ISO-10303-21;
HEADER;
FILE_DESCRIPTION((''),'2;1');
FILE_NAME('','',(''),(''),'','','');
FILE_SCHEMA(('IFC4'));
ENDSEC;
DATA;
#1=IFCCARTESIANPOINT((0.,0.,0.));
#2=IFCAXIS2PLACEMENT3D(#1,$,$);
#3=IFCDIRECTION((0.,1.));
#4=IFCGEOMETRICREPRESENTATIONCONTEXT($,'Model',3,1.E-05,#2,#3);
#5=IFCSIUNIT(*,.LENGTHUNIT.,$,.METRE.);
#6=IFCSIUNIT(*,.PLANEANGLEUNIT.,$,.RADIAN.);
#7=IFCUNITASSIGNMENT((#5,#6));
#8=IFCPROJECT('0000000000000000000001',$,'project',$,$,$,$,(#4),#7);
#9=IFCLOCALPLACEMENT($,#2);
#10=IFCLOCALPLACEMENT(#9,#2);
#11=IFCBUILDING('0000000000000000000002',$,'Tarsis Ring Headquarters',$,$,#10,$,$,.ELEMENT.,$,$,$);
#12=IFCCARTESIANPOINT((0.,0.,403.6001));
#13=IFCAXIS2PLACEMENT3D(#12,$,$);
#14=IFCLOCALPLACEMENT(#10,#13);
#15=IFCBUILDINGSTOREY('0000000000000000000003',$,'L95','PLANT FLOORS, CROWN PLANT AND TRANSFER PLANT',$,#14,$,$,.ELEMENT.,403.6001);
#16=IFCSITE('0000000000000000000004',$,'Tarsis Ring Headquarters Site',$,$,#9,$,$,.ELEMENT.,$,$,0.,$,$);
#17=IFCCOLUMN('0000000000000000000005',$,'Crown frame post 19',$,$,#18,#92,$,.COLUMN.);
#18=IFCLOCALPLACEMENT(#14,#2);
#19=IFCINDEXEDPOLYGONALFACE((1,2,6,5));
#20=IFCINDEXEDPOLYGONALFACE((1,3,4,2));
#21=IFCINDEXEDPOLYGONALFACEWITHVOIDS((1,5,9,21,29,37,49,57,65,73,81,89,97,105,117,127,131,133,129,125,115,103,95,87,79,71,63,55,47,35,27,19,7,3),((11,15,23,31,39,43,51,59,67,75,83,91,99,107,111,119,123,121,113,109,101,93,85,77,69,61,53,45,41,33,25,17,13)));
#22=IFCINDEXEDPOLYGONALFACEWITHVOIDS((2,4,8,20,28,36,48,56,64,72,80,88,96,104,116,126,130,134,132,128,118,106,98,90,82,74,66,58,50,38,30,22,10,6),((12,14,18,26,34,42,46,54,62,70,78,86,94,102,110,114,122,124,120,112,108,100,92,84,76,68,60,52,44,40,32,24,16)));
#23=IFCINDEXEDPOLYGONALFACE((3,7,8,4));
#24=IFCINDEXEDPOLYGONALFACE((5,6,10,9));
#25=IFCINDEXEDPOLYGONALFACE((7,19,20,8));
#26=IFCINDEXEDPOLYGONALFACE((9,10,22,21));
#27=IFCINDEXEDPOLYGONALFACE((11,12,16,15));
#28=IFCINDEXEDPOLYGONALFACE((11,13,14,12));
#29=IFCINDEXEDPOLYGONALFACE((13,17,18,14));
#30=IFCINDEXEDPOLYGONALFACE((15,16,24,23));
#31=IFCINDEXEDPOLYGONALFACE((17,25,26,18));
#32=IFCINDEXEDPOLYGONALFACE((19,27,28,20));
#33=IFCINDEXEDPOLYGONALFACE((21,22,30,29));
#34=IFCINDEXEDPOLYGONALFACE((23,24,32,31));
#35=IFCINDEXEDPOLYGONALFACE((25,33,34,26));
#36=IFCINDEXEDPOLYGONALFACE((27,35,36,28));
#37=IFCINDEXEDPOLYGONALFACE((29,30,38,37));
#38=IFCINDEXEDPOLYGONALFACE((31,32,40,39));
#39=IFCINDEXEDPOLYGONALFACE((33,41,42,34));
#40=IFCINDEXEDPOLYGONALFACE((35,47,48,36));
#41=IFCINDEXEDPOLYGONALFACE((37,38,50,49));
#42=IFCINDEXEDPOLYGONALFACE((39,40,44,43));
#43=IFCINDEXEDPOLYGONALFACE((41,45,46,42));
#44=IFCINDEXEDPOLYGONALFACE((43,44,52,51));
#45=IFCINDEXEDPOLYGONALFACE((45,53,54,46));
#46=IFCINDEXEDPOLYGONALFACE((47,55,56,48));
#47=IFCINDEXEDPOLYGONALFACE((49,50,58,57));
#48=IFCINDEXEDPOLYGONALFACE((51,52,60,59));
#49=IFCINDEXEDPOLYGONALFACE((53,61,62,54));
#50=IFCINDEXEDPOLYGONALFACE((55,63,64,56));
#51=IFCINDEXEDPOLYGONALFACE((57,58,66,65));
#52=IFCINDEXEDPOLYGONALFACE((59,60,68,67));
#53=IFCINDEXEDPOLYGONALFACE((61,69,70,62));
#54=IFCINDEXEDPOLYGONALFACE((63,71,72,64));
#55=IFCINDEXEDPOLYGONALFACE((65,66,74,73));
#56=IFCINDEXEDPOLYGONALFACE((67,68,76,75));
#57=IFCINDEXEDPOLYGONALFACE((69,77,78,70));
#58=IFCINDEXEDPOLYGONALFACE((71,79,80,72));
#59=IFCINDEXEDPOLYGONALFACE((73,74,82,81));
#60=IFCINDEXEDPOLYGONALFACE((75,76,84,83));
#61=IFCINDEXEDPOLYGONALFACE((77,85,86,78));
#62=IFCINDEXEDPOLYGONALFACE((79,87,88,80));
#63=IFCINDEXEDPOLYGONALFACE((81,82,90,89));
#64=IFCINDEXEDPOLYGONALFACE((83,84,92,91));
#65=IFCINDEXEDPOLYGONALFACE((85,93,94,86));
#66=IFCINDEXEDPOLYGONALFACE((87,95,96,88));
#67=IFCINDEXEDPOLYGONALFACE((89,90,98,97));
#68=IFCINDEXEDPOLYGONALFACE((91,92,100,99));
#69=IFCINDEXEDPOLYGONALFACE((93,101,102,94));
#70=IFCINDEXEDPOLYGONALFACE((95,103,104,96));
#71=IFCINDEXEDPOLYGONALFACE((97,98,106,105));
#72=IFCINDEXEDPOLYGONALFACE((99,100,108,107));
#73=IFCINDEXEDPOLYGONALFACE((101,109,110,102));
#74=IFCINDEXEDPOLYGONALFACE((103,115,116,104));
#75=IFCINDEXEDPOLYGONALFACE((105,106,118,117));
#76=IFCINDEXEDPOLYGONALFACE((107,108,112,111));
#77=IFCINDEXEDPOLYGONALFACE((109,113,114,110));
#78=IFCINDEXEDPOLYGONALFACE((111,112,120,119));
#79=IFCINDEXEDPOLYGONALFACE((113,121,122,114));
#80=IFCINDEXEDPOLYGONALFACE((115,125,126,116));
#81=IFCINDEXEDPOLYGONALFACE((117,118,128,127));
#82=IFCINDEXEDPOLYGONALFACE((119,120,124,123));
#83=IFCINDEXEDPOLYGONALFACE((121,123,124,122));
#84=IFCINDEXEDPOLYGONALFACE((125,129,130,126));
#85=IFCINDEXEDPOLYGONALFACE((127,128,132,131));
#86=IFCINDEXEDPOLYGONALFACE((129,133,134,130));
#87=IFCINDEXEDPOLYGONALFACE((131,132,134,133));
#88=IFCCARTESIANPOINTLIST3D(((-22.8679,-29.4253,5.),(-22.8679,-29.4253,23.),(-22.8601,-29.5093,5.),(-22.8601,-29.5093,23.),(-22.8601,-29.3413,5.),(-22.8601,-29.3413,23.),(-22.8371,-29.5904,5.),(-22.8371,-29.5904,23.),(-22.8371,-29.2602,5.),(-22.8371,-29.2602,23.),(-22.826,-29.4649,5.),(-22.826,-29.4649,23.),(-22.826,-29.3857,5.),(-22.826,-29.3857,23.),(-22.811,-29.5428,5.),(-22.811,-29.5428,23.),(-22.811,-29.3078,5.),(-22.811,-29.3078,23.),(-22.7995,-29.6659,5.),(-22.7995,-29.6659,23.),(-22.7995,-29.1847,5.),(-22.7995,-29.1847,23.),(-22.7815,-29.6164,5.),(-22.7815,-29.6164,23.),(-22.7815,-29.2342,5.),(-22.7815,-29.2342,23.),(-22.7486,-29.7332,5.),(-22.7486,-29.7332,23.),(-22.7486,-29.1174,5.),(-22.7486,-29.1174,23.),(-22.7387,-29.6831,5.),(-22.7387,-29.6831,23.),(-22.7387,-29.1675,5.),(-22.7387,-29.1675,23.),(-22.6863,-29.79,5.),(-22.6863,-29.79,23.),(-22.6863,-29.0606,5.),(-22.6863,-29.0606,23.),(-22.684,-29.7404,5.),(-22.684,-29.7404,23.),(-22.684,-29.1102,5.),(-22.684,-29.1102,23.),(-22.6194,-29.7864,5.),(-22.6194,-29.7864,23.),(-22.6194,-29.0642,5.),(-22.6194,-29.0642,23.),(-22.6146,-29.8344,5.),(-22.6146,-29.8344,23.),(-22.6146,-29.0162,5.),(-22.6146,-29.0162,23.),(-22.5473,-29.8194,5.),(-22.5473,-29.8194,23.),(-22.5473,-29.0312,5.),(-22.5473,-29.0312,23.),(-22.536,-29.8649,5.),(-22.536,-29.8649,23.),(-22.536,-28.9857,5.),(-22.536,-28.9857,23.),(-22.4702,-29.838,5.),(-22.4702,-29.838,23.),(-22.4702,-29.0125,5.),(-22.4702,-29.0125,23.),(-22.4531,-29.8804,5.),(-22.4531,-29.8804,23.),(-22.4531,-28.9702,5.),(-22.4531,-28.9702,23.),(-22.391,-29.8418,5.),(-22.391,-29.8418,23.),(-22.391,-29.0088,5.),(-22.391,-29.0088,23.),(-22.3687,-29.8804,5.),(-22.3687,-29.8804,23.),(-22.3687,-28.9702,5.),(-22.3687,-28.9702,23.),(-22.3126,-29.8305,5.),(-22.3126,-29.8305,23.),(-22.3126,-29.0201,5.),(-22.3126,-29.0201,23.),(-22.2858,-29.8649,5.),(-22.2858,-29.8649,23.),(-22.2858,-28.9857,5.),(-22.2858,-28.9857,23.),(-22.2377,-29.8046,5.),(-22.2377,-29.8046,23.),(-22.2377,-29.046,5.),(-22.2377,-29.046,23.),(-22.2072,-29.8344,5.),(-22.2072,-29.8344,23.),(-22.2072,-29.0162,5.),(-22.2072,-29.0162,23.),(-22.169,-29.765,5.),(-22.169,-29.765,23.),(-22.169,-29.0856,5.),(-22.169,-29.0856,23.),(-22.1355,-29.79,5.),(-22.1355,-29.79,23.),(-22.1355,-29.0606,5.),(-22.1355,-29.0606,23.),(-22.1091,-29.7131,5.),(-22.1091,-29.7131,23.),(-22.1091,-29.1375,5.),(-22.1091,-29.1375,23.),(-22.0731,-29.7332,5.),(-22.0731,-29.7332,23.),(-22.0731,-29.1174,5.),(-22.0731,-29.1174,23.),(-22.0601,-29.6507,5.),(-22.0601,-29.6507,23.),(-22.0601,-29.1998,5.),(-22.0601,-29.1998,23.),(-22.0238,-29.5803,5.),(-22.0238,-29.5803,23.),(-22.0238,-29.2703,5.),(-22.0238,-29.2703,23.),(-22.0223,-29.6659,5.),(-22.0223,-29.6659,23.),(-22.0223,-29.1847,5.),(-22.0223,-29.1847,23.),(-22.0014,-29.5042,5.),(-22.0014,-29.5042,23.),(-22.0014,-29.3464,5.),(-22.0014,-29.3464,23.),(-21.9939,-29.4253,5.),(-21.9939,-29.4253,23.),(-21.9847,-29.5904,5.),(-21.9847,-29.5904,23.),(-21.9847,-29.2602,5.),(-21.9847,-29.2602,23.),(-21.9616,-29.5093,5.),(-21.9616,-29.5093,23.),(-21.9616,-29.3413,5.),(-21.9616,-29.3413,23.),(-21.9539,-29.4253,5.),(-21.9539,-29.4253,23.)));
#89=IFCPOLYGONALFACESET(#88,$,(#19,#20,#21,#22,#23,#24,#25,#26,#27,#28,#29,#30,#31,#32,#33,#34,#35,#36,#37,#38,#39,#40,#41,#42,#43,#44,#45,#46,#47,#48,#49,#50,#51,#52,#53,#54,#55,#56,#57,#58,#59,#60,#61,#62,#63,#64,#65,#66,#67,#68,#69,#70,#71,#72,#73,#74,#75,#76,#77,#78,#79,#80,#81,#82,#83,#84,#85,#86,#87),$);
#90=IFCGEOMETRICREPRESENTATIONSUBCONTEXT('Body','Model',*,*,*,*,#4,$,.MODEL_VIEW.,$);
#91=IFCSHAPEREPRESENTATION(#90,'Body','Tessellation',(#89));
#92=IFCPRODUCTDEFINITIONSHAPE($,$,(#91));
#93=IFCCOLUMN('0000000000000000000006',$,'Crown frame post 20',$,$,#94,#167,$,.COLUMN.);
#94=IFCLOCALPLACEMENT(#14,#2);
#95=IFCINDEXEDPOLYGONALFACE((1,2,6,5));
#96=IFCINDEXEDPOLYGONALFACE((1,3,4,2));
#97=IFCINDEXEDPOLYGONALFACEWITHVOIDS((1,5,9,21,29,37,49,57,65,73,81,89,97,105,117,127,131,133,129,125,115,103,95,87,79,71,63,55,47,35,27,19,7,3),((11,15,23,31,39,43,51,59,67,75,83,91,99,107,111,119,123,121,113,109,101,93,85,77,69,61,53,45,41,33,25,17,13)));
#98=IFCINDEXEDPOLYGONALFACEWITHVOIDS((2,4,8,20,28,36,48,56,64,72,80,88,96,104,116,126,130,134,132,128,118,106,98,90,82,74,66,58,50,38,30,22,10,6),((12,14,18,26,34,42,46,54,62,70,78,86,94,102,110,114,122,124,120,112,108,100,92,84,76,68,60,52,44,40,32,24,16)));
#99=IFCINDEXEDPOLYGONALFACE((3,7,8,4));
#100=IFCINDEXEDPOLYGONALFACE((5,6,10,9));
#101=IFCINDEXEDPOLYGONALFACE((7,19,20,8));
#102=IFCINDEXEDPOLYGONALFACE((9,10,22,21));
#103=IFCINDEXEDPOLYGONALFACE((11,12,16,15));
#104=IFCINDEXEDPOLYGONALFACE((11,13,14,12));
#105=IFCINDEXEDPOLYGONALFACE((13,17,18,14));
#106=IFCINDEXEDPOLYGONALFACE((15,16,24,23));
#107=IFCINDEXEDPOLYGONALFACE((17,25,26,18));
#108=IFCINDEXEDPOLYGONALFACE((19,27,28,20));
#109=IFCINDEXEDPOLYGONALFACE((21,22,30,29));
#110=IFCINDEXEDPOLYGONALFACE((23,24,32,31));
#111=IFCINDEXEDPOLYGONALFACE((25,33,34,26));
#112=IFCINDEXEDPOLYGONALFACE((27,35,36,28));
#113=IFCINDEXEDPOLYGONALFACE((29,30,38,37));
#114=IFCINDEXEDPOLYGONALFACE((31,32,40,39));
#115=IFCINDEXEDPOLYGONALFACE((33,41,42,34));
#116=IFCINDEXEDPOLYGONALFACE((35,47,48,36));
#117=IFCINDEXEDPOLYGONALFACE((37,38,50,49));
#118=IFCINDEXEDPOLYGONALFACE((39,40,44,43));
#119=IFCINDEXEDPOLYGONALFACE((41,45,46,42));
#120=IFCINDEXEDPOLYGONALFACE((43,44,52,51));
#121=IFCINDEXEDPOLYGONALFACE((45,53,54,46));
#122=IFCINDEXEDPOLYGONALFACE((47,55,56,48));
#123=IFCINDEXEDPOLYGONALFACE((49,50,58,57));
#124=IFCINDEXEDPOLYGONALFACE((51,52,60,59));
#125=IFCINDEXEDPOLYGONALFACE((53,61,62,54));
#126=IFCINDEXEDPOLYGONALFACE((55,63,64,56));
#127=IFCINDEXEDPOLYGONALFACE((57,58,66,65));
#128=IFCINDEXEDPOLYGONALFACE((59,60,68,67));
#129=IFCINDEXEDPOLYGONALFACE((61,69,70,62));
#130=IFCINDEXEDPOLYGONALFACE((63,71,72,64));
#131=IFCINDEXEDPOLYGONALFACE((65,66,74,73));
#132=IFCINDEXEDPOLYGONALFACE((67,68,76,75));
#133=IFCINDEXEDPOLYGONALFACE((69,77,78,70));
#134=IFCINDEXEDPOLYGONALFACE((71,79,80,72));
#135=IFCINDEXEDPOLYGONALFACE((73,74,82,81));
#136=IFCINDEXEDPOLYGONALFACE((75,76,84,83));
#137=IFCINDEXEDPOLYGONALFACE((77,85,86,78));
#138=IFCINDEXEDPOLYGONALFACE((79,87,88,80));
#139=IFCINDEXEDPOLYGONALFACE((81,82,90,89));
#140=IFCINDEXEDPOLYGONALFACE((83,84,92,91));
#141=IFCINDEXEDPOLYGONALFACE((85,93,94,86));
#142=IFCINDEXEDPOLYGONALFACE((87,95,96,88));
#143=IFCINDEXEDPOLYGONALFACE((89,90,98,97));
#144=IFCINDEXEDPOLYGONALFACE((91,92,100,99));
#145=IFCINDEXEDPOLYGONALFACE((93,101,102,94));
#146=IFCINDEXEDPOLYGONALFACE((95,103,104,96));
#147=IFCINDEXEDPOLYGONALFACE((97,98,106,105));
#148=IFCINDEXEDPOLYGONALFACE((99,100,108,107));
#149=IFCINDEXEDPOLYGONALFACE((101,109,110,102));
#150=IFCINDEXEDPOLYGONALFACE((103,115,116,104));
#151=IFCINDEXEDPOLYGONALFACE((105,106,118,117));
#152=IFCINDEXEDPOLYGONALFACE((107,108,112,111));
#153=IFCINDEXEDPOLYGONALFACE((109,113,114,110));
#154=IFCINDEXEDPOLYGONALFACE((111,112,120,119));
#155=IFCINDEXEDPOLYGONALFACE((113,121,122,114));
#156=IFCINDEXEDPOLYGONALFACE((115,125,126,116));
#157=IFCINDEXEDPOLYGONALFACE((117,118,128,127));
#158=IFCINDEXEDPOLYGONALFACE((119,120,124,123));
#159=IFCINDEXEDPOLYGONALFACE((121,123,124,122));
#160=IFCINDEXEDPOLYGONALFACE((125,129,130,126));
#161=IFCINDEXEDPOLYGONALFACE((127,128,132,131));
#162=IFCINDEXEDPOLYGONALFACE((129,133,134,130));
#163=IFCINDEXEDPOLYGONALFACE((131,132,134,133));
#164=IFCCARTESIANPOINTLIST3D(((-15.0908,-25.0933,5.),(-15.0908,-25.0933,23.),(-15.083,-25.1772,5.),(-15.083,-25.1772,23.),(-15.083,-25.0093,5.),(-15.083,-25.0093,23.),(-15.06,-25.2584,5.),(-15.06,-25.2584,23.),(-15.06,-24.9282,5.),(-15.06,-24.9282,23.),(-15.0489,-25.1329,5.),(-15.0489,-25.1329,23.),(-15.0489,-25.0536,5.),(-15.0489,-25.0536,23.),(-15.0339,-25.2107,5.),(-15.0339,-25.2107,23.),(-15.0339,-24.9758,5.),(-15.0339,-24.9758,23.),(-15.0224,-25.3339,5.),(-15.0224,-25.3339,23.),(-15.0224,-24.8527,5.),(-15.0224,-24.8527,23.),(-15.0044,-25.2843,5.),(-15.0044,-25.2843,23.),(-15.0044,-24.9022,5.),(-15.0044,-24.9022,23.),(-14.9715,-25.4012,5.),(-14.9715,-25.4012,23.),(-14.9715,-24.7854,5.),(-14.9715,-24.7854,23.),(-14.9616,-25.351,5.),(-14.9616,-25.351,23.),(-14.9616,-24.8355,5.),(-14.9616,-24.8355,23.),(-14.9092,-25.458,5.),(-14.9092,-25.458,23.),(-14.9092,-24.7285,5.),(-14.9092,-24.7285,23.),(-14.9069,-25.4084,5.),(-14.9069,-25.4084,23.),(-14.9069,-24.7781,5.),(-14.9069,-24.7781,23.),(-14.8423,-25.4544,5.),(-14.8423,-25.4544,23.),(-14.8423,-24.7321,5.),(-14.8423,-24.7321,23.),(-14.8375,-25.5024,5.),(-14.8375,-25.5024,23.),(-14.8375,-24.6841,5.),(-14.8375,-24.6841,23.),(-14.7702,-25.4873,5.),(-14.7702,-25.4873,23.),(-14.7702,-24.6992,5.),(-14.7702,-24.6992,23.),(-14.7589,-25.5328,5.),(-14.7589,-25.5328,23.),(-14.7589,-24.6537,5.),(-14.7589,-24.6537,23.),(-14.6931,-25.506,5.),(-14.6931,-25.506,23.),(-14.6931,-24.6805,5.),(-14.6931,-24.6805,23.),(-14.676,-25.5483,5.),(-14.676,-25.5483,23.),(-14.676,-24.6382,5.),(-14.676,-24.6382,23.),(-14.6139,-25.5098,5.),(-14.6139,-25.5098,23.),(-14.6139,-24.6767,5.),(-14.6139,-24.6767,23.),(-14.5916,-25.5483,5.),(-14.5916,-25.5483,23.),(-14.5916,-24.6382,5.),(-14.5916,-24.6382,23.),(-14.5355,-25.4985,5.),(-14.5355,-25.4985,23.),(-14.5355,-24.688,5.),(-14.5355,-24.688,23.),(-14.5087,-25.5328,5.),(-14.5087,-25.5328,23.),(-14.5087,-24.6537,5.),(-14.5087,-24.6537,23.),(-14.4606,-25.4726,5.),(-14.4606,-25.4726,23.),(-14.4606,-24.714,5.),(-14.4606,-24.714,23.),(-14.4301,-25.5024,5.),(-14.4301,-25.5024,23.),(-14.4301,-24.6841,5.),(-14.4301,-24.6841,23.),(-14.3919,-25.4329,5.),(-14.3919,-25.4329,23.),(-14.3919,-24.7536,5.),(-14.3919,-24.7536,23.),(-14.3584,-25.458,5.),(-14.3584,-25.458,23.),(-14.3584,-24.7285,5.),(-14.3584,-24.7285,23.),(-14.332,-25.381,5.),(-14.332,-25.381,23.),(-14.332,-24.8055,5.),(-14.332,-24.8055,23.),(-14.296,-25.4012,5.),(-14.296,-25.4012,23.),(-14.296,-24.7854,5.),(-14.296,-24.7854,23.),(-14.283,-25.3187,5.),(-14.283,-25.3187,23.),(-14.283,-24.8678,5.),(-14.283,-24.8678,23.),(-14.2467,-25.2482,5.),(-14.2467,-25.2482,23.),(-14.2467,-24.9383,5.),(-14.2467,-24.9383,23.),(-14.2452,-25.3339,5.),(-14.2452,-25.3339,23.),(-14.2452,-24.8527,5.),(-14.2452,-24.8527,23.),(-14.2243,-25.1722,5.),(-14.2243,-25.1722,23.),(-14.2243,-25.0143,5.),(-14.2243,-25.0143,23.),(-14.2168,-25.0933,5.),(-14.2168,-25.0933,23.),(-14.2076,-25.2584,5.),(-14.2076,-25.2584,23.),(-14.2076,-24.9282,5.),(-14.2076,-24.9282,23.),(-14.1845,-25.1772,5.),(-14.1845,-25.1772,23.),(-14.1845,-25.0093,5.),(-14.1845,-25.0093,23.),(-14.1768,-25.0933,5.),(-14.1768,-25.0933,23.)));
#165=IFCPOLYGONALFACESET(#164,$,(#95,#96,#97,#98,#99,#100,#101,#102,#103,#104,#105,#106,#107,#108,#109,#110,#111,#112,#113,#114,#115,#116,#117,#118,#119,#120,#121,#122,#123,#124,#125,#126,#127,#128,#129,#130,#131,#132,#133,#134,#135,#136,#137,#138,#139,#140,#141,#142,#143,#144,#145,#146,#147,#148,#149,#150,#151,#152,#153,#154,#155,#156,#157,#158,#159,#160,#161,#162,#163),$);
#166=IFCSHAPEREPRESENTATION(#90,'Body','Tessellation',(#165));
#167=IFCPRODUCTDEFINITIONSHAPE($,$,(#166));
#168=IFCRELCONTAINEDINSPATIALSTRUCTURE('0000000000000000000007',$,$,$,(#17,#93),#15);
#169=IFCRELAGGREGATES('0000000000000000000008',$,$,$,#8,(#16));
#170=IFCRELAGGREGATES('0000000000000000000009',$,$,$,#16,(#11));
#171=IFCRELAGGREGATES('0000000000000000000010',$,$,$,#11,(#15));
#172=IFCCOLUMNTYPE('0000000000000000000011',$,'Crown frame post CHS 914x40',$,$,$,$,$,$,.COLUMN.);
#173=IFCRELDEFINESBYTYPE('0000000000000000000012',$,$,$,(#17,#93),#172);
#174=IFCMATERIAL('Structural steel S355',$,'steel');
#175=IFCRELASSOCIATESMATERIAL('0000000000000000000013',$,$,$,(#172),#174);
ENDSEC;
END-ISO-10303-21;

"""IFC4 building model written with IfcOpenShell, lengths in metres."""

from ifc_helpers import new_model, si_unit, direction, frame, origin, origin_2d, place, context, subcontext, project, spatial, hollow_circle, extrude, material, material_profile, profile_set, type_object, element, save


model = new_model("IFC4")

# Units and contexts
model_context = context("Model", 3, precision=1e-05, world=origin(), true_north=direction((0.0, 1.0)))
body_context = subcontext(model_context, "Body", "Model", "MODEL_VIEW")
ifc_project = project(units=[si_unit("LENGTHUNIT", "METRE"), si_unit("PLANEANGLEUNIT", "RADIAN")], contexts=[model_context])

# Site, building, storey
site_placement = place(None, origin())
site = spatial("IfcSite", under=ifc_project, at=site_placement, Name="Tarsis Ring Headquarters Site", CompositionType="ELEMENT", RefElevation=0.0)
building_placement = place(site_placement, origin())
building = spatial("IfcBuilding", under=site, at=building_placement, Name="Tarsis Ring Headquarters", CompositionType="ELEMENT")
storey_placement = place(building_placement, frame((0.0, 0.0, 403.6001)))
storey = spatial("IfcBuildingStorey", under=building, at=storey_placement, Name="L95", Description="PLANT FLOORS, CROWN PLANT AND TRANSFER PLANT", CompositionType="ELEMENT", Elevation=403.6001)

# Columns
ifc_material_1 = material(Name="Structural steel S355", Category="steel")
ifc_material_profile_1 = material_profile(ifc_material_1, hollow_circle(Radius=0.457, WallThickness=0.04, at=origin_2d()), Name="CHS 914x40")
ifc_profile_set_1 = profile_set([ifc_material_profile_1], Name="Structural steel S355")
column_type_1 = type_object("IfcColumnType", Name="Crown frame post CHS 914x40", PredefinedType="COLUMN", material=ifc_profile_set_1)
for number, where, z_axis, x_axis, name in (
    (1, (-22.4109, -29.4253, 5.0), (0.0, 0.0, 1.0), (1.0, 0.0, 0.0), "Crown frame post 19"),
    (2, (-14.6338, -25.0933, 5.0), (0.0, 0.0, 1.0), (1.0, 0.0, 0.0), "Crown frame post 20"),
):
    element("IfcColumn", number, at=place(storey_placement, frame(where, z_axis=z_axis, x_axis=x_axis)), inside=storey, type_object=column_type_1, Name=name, PredefinedType="COLUMN", context=body_context, shape_type="SweptSolid", body=[
        extrude(hollow_circle(Radius=0.457, WallThickness=0.04, at=origin_2d()), origin(), (0.0, 0.0, 1.0), 18.0),
    ])

save(model, "model.ifc")
